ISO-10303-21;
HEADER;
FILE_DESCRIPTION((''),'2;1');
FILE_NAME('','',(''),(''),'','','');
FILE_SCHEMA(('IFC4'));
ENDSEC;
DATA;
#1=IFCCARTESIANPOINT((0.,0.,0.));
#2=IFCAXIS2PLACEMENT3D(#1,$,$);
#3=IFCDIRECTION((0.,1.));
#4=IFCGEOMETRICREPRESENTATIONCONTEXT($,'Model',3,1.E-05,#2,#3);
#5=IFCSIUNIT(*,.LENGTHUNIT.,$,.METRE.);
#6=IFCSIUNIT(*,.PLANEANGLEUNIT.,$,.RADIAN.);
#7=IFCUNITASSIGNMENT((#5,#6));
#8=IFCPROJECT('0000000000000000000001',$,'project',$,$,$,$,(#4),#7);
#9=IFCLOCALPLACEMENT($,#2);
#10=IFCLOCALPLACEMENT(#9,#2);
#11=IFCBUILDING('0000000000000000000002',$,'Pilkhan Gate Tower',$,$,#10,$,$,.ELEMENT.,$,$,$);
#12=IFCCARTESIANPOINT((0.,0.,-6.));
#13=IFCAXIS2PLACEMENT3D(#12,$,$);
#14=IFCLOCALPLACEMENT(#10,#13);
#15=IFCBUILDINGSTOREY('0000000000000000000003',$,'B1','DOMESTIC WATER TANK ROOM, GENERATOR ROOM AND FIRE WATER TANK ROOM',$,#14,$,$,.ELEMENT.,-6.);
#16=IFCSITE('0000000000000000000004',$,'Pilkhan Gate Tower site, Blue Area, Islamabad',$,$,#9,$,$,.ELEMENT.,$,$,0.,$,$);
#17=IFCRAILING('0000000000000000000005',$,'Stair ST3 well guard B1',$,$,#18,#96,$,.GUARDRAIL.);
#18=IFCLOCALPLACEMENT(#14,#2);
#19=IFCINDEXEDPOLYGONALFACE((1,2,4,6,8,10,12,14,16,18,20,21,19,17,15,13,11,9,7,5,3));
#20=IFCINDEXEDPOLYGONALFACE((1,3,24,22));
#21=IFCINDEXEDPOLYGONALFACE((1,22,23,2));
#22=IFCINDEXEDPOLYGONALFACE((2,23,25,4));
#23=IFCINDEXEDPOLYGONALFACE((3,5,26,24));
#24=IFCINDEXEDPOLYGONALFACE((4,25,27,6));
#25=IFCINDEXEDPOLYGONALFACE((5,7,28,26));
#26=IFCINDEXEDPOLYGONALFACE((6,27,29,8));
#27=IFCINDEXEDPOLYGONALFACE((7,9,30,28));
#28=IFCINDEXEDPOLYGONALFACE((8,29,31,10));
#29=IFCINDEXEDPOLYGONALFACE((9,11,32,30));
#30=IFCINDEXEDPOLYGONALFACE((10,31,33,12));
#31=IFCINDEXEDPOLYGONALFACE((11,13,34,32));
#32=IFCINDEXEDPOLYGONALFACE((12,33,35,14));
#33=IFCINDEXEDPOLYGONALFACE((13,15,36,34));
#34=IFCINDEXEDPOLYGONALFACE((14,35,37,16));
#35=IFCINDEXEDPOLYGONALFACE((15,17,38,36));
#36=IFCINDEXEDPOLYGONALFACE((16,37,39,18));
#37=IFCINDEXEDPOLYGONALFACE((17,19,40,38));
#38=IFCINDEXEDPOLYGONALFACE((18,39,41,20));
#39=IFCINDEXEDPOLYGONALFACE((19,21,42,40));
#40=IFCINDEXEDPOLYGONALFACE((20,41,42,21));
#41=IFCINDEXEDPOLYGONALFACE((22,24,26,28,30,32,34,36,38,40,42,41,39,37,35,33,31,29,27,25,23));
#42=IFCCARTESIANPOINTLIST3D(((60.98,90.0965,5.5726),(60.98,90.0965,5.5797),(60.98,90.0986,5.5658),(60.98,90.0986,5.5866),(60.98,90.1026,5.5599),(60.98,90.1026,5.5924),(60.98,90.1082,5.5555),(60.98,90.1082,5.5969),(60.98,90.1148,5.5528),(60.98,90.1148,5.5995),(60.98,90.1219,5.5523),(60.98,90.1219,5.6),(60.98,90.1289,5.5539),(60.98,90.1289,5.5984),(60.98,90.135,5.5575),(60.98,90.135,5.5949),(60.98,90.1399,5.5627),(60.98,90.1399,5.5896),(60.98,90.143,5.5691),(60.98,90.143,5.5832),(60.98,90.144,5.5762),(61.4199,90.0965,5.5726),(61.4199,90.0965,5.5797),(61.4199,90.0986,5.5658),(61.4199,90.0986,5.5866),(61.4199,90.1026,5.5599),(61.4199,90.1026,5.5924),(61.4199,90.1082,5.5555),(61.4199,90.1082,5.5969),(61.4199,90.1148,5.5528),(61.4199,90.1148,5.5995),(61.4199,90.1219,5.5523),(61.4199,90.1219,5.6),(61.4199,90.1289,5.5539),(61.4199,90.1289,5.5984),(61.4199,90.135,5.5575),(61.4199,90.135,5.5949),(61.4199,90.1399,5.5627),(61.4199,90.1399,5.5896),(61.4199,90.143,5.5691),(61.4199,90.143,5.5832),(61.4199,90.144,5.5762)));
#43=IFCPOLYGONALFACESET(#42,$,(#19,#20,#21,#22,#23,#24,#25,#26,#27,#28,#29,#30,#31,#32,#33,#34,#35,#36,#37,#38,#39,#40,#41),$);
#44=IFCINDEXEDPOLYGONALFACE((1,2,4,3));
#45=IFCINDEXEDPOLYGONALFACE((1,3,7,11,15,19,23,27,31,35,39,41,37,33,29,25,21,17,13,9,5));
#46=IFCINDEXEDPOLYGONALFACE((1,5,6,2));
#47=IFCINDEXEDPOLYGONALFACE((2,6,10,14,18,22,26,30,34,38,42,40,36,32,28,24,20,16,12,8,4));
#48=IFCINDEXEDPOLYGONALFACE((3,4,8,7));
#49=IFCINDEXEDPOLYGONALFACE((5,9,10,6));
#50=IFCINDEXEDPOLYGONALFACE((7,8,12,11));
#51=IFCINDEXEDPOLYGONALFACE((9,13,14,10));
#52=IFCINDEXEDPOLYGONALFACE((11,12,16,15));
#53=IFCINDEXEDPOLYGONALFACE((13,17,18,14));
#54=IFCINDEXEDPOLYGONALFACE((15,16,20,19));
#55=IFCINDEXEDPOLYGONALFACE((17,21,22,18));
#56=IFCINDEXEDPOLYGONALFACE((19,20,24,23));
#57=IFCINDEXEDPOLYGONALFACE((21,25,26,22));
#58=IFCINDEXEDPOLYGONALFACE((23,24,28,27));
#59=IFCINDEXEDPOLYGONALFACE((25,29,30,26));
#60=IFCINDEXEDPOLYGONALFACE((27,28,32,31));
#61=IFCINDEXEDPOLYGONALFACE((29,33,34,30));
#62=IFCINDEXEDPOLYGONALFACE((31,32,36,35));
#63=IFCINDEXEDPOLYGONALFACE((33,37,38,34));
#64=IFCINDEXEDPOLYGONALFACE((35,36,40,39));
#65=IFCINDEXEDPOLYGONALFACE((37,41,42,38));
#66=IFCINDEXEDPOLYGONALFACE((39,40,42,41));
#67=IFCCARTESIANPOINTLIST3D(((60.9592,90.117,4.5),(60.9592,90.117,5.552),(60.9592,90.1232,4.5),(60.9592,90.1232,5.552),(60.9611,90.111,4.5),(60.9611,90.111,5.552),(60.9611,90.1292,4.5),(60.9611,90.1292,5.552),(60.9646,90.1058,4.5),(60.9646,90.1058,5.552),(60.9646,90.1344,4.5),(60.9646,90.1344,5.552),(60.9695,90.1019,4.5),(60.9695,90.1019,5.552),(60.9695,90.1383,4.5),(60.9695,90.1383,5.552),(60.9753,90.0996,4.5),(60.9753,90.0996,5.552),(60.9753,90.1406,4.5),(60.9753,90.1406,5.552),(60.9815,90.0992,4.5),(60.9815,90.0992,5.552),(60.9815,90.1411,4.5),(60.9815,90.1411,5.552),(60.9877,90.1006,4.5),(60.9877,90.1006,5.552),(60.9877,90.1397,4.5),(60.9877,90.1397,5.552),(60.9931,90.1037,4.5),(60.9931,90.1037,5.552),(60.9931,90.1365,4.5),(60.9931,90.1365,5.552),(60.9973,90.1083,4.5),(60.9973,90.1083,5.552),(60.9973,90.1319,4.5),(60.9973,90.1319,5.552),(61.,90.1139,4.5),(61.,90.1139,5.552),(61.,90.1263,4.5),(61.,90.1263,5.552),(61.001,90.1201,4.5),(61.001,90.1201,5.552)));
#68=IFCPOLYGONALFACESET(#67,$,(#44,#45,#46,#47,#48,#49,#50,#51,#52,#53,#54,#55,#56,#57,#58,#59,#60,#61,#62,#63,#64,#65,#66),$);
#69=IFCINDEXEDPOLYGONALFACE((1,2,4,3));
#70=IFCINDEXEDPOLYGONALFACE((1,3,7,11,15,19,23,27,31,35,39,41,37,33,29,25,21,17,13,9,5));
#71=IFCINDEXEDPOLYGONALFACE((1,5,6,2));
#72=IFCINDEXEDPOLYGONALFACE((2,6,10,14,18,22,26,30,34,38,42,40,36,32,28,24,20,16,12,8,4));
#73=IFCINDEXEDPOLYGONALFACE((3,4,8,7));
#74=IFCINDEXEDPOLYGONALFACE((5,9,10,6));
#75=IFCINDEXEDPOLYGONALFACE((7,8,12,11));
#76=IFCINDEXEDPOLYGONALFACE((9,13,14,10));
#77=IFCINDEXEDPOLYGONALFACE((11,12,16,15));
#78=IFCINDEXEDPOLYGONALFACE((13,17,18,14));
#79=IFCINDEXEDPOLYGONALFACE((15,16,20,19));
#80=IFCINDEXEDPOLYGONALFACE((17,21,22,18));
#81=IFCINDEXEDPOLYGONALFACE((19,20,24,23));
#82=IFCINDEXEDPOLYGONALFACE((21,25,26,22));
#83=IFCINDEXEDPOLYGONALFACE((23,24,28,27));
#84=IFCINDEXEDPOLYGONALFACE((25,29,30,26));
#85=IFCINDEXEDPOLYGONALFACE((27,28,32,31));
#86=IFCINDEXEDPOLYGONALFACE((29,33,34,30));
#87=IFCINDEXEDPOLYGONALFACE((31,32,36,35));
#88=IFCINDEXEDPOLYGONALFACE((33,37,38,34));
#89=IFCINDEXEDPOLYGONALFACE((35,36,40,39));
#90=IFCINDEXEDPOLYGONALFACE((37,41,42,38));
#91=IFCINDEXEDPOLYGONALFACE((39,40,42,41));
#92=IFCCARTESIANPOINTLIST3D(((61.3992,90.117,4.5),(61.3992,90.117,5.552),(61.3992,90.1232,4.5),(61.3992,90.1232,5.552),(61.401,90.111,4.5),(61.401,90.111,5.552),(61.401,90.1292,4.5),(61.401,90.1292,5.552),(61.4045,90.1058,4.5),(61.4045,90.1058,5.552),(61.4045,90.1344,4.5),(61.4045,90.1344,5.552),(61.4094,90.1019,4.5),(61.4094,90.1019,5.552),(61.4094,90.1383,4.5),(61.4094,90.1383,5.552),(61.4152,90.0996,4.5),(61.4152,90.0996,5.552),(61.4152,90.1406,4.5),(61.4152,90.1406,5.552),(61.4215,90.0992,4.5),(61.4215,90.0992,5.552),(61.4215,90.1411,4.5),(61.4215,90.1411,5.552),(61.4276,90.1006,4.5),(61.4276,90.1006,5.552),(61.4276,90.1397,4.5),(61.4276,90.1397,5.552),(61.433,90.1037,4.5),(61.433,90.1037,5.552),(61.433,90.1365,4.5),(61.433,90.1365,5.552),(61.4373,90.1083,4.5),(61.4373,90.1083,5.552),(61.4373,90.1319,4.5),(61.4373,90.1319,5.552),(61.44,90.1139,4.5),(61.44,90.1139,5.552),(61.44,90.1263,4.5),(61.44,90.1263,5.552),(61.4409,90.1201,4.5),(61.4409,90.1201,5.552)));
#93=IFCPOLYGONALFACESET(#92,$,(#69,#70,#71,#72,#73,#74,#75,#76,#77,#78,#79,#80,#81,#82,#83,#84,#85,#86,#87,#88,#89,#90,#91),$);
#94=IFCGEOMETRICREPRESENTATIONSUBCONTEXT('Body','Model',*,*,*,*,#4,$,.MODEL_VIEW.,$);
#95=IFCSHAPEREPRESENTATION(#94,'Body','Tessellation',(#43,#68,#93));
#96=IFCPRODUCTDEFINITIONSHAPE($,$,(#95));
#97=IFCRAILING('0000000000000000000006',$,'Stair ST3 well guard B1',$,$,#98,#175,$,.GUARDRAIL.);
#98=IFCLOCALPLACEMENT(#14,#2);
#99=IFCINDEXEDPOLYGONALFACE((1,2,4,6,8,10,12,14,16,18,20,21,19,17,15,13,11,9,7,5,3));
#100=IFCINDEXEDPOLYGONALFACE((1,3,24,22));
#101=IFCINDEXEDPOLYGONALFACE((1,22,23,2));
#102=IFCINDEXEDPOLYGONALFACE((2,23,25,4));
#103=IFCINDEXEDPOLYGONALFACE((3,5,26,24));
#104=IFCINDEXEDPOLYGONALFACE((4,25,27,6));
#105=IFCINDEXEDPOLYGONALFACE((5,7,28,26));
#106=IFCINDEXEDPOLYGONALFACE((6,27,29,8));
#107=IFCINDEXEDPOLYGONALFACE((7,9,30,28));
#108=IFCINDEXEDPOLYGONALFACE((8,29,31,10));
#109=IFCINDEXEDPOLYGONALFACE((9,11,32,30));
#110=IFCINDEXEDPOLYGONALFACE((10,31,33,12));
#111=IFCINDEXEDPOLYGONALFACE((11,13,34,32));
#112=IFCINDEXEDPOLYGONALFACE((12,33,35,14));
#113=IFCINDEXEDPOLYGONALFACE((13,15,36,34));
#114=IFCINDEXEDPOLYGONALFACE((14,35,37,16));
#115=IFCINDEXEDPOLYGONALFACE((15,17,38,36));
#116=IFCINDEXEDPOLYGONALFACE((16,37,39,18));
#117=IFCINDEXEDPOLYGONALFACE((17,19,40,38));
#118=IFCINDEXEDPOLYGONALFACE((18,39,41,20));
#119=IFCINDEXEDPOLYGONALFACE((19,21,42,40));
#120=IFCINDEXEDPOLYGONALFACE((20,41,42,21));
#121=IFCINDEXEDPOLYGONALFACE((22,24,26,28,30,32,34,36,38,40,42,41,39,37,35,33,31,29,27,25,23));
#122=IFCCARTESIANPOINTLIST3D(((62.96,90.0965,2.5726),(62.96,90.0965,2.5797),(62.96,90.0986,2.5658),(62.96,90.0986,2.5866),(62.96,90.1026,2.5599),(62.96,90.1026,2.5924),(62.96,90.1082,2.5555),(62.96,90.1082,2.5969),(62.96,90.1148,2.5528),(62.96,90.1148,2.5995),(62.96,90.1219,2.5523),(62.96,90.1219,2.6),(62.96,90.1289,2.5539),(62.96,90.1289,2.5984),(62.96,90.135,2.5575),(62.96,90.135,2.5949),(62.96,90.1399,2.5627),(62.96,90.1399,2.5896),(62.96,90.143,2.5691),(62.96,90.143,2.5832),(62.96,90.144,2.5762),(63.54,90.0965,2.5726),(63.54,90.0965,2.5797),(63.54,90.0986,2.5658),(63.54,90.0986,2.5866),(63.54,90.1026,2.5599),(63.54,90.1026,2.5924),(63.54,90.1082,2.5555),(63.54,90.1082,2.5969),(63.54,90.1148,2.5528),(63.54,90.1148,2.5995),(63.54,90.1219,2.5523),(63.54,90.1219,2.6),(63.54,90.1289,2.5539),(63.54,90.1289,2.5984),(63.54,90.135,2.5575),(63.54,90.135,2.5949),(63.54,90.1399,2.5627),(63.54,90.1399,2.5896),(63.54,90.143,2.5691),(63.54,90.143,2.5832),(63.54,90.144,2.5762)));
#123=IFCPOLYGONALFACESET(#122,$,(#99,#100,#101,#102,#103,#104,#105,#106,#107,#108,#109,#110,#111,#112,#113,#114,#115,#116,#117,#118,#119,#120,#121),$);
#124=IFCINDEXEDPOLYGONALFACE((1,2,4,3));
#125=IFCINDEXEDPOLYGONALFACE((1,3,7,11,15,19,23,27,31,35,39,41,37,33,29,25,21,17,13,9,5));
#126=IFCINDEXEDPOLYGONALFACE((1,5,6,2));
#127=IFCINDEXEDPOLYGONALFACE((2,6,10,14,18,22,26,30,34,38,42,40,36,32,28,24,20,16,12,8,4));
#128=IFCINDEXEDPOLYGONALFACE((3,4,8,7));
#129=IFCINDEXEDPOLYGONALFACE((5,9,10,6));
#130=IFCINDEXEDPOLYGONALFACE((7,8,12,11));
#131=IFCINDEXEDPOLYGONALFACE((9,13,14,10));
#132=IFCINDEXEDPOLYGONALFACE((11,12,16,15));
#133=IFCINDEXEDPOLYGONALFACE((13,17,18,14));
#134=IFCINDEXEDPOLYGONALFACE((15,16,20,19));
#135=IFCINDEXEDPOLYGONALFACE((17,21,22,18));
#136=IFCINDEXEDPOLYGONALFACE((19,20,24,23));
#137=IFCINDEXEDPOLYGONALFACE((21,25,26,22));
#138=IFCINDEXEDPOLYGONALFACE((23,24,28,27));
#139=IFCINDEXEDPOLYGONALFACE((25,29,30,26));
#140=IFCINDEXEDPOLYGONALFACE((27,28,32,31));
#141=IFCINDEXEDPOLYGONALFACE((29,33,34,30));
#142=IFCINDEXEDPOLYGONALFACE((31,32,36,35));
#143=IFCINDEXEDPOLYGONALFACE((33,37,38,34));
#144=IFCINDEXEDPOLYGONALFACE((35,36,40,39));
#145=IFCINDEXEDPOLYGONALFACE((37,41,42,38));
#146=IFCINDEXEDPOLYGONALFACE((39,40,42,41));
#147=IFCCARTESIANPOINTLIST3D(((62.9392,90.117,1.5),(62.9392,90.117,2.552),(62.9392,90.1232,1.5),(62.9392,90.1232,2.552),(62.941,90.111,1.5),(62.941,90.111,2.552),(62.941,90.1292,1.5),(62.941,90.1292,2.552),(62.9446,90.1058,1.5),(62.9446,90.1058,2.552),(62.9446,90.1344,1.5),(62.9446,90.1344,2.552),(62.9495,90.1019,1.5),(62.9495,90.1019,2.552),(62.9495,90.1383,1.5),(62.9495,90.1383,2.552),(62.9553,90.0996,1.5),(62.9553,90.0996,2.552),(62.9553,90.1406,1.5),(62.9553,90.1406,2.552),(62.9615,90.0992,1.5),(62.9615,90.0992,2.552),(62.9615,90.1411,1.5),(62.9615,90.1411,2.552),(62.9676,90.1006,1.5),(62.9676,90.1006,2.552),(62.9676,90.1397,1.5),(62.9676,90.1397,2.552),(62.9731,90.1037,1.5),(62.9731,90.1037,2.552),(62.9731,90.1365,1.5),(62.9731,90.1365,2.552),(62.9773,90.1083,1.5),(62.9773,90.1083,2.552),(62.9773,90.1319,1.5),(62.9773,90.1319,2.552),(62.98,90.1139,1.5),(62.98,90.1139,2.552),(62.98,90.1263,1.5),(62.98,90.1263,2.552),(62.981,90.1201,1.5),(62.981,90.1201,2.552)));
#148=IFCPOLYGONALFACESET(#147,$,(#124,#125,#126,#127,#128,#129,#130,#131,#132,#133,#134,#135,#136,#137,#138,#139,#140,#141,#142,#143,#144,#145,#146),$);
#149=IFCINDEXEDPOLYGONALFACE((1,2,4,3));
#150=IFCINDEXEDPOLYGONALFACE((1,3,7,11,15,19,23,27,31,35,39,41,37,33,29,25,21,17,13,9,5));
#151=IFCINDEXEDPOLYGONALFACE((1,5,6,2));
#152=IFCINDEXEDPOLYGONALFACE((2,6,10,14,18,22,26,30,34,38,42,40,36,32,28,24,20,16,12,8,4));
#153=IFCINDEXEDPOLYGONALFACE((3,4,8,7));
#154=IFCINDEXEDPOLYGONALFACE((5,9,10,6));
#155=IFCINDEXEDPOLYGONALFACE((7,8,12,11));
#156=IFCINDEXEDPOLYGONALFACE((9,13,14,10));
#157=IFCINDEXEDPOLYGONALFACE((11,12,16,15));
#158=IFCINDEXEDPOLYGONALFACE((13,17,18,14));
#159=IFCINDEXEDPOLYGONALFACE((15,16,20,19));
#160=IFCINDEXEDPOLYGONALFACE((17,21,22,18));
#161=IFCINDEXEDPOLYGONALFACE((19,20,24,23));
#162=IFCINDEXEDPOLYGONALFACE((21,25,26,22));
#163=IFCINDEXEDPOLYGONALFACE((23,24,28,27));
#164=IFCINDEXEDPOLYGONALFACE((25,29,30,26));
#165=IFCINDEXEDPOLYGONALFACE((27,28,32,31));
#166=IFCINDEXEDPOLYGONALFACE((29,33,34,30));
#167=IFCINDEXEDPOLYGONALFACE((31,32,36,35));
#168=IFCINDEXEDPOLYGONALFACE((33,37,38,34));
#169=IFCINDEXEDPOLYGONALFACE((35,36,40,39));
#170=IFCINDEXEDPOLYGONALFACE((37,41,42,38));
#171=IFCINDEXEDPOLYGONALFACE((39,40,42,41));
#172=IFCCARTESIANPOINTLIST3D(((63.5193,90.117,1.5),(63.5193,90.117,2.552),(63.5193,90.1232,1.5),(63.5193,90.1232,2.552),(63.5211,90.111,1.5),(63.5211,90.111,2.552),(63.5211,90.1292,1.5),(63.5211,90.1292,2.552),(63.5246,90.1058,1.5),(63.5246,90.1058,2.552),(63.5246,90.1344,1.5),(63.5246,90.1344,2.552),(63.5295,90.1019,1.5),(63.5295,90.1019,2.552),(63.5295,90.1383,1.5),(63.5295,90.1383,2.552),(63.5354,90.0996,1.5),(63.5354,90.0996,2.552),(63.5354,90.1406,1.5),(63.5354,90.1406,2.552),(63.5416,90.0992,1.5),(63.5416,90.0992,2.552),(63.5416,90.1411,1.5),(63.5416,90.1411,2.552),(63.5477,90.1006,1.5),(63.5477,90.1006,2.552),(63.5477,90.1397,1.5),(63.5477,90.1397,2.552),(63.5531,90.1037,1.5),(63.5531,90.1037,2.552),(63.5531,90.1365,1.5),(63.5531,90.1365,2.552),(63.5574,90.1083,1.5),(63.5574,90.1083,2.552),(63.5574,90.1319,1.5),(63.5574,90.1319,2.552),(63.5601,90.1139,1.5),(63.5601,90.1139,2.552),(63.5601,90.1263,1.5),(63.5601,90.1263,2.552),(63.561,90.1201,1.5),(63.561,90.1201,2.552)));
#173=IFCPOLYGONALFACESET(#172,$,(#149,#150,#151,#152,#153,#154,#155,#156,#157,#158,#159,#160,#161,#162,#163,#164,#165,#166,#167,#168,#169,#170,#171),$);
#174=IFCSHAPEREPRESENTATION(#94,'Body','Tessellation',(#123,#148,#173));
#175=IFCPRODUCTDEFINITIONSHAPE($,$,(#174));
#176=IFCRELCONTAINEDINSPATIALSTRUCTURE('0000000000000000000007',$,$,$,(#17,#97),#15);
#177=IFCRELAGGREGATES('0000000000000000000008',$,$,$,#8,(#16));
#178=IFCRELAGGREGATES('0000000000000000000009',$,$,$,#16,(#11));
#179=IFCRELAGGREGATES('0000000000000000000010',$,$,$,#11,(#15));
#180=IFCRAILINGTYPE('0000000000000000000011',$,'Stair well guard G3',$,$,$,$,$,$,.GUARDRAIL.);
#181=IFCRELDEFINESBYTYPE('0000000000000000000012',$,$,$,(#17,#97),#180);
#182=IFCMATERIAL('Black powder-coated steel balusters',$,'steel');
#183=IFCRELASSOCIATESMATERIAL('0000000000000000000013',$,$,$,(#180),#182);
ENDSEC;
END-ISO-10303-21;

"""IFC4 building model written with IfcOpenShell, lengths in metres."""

from ifc_helpers import new_model, si_unit, direction, frame, origin, origin_2d, place, context, subcontext, project, spatial, circle, extrude, material, type_object, element, save


model = new_model("IFC4")

# Units and contexts
model_context = context("Model", 3, precision=1e-05, world=origin(), true_north=direction((0.0, 1.0)))
body_context = subcontext(model_context, "Body", "Model", "MODEL_VIEW")
ifc_project = project(units=[si_unit("LENGTHUNIT", "METRE"), si_unit("PLANEANGLEUNIT", "RADIAN")], contexts=[model_context])

# Site, building, storey
site_placement = place(None, origin())
site = spatial("IfcSite", under=ifc_project, at=site_placement, Name="Pilkhan Gate Tower site, Blue Area, Islamabad", CompositionType="ELEMENT", RefElevation=0.0)
building_placement = place(site_placement, origin())
building = spatial("IfcBuilding", under=site, at=building_placement, Name="Pilkhan Gate Tower", CompositionType="ELEMENT")
storey_placement = place(building_placement, frame((0.0, 0.0, -6.0)))
storey = spatial("IfcBuildingStorey", under=building, at=storey_placement, Name="B1", Description="DOMESTIC WATER TANK ROOM, GENERATOR ROOM AND FIRE WATER TANK ROOM", CompositionType="ELEMENT", Elevation=-6.0)

# Railings
ifc_material_1 = material(Name="Black powder-coated steel balusters", Category="steel")
railing_type_1 = type_object("IfcRailingType", Name="Stair well guard G3", PredefinedType="GUARDRAIL", material=ifc_material_1)
for number, where, name in (
    (1, (60.98, 90.1201, 4.5), "Stair ST3 well guard B1"),
):
    element("IfcRailing", number, at=place(storey_placement, frame(where)), inside=storey, type_object=railing_type_1, Name=name, PredefinedType="GUARDRAIL", context=body_context, shape_type="SweptSolid", body=[
        extrude(circle(Radius=0.0239, at=origin_2d()), frame((0.0, 0.0, 1.0762), z_axis=(1.0, 0.0, 0.0), x_axis=(0.0, 1.0, 0.0)), (0.0, 0.0, 1.0), 0.4399),
        extrude(circle(Radius=0.021, at=origin_2d()), origin(), (0.0, 0.0, 1.0), 1.052),
        extrude(circle(Radius=0.021, at=origin_2d()), frame((0.4399, 0.0, 0.0)), (0.0, 0.0, 1.0), 1.052),
    ])
for number, where, name in (
    (2, (62.96, 90.1201, 1.5), "Stair ST3 well guard B1"),
):
    element("IfcRailing", number, at=place(storey_placement, frame(where)), inside=storey, type_object=railing_type_1, Name=name, PredefinedType="GUARDRAIL", context=body_context, shape_type="SweptSolid", body=[
        extrude(circle(Radius=0.0239, at=origin_2d()), frame((0.0, 0.0, 1.0762), z_axis=(1.0, 0.0, 0.0), x_axis=(0.0, 1.0, 0.0)), (0.0, 0.0, 1.0), 0.5801),
        extrude(circle(Radius=0.021, at=origin_2d()), origin(), (0.0, 0.0, 1.0), 1.052),
        extrude(circle(Radius=0.021, at=origin_2d()), frame((0.5801, 0.0, 0.0)), (0.0, 0.0, 1.0), 1.052),
    ])

save(model, "model.ifc")
